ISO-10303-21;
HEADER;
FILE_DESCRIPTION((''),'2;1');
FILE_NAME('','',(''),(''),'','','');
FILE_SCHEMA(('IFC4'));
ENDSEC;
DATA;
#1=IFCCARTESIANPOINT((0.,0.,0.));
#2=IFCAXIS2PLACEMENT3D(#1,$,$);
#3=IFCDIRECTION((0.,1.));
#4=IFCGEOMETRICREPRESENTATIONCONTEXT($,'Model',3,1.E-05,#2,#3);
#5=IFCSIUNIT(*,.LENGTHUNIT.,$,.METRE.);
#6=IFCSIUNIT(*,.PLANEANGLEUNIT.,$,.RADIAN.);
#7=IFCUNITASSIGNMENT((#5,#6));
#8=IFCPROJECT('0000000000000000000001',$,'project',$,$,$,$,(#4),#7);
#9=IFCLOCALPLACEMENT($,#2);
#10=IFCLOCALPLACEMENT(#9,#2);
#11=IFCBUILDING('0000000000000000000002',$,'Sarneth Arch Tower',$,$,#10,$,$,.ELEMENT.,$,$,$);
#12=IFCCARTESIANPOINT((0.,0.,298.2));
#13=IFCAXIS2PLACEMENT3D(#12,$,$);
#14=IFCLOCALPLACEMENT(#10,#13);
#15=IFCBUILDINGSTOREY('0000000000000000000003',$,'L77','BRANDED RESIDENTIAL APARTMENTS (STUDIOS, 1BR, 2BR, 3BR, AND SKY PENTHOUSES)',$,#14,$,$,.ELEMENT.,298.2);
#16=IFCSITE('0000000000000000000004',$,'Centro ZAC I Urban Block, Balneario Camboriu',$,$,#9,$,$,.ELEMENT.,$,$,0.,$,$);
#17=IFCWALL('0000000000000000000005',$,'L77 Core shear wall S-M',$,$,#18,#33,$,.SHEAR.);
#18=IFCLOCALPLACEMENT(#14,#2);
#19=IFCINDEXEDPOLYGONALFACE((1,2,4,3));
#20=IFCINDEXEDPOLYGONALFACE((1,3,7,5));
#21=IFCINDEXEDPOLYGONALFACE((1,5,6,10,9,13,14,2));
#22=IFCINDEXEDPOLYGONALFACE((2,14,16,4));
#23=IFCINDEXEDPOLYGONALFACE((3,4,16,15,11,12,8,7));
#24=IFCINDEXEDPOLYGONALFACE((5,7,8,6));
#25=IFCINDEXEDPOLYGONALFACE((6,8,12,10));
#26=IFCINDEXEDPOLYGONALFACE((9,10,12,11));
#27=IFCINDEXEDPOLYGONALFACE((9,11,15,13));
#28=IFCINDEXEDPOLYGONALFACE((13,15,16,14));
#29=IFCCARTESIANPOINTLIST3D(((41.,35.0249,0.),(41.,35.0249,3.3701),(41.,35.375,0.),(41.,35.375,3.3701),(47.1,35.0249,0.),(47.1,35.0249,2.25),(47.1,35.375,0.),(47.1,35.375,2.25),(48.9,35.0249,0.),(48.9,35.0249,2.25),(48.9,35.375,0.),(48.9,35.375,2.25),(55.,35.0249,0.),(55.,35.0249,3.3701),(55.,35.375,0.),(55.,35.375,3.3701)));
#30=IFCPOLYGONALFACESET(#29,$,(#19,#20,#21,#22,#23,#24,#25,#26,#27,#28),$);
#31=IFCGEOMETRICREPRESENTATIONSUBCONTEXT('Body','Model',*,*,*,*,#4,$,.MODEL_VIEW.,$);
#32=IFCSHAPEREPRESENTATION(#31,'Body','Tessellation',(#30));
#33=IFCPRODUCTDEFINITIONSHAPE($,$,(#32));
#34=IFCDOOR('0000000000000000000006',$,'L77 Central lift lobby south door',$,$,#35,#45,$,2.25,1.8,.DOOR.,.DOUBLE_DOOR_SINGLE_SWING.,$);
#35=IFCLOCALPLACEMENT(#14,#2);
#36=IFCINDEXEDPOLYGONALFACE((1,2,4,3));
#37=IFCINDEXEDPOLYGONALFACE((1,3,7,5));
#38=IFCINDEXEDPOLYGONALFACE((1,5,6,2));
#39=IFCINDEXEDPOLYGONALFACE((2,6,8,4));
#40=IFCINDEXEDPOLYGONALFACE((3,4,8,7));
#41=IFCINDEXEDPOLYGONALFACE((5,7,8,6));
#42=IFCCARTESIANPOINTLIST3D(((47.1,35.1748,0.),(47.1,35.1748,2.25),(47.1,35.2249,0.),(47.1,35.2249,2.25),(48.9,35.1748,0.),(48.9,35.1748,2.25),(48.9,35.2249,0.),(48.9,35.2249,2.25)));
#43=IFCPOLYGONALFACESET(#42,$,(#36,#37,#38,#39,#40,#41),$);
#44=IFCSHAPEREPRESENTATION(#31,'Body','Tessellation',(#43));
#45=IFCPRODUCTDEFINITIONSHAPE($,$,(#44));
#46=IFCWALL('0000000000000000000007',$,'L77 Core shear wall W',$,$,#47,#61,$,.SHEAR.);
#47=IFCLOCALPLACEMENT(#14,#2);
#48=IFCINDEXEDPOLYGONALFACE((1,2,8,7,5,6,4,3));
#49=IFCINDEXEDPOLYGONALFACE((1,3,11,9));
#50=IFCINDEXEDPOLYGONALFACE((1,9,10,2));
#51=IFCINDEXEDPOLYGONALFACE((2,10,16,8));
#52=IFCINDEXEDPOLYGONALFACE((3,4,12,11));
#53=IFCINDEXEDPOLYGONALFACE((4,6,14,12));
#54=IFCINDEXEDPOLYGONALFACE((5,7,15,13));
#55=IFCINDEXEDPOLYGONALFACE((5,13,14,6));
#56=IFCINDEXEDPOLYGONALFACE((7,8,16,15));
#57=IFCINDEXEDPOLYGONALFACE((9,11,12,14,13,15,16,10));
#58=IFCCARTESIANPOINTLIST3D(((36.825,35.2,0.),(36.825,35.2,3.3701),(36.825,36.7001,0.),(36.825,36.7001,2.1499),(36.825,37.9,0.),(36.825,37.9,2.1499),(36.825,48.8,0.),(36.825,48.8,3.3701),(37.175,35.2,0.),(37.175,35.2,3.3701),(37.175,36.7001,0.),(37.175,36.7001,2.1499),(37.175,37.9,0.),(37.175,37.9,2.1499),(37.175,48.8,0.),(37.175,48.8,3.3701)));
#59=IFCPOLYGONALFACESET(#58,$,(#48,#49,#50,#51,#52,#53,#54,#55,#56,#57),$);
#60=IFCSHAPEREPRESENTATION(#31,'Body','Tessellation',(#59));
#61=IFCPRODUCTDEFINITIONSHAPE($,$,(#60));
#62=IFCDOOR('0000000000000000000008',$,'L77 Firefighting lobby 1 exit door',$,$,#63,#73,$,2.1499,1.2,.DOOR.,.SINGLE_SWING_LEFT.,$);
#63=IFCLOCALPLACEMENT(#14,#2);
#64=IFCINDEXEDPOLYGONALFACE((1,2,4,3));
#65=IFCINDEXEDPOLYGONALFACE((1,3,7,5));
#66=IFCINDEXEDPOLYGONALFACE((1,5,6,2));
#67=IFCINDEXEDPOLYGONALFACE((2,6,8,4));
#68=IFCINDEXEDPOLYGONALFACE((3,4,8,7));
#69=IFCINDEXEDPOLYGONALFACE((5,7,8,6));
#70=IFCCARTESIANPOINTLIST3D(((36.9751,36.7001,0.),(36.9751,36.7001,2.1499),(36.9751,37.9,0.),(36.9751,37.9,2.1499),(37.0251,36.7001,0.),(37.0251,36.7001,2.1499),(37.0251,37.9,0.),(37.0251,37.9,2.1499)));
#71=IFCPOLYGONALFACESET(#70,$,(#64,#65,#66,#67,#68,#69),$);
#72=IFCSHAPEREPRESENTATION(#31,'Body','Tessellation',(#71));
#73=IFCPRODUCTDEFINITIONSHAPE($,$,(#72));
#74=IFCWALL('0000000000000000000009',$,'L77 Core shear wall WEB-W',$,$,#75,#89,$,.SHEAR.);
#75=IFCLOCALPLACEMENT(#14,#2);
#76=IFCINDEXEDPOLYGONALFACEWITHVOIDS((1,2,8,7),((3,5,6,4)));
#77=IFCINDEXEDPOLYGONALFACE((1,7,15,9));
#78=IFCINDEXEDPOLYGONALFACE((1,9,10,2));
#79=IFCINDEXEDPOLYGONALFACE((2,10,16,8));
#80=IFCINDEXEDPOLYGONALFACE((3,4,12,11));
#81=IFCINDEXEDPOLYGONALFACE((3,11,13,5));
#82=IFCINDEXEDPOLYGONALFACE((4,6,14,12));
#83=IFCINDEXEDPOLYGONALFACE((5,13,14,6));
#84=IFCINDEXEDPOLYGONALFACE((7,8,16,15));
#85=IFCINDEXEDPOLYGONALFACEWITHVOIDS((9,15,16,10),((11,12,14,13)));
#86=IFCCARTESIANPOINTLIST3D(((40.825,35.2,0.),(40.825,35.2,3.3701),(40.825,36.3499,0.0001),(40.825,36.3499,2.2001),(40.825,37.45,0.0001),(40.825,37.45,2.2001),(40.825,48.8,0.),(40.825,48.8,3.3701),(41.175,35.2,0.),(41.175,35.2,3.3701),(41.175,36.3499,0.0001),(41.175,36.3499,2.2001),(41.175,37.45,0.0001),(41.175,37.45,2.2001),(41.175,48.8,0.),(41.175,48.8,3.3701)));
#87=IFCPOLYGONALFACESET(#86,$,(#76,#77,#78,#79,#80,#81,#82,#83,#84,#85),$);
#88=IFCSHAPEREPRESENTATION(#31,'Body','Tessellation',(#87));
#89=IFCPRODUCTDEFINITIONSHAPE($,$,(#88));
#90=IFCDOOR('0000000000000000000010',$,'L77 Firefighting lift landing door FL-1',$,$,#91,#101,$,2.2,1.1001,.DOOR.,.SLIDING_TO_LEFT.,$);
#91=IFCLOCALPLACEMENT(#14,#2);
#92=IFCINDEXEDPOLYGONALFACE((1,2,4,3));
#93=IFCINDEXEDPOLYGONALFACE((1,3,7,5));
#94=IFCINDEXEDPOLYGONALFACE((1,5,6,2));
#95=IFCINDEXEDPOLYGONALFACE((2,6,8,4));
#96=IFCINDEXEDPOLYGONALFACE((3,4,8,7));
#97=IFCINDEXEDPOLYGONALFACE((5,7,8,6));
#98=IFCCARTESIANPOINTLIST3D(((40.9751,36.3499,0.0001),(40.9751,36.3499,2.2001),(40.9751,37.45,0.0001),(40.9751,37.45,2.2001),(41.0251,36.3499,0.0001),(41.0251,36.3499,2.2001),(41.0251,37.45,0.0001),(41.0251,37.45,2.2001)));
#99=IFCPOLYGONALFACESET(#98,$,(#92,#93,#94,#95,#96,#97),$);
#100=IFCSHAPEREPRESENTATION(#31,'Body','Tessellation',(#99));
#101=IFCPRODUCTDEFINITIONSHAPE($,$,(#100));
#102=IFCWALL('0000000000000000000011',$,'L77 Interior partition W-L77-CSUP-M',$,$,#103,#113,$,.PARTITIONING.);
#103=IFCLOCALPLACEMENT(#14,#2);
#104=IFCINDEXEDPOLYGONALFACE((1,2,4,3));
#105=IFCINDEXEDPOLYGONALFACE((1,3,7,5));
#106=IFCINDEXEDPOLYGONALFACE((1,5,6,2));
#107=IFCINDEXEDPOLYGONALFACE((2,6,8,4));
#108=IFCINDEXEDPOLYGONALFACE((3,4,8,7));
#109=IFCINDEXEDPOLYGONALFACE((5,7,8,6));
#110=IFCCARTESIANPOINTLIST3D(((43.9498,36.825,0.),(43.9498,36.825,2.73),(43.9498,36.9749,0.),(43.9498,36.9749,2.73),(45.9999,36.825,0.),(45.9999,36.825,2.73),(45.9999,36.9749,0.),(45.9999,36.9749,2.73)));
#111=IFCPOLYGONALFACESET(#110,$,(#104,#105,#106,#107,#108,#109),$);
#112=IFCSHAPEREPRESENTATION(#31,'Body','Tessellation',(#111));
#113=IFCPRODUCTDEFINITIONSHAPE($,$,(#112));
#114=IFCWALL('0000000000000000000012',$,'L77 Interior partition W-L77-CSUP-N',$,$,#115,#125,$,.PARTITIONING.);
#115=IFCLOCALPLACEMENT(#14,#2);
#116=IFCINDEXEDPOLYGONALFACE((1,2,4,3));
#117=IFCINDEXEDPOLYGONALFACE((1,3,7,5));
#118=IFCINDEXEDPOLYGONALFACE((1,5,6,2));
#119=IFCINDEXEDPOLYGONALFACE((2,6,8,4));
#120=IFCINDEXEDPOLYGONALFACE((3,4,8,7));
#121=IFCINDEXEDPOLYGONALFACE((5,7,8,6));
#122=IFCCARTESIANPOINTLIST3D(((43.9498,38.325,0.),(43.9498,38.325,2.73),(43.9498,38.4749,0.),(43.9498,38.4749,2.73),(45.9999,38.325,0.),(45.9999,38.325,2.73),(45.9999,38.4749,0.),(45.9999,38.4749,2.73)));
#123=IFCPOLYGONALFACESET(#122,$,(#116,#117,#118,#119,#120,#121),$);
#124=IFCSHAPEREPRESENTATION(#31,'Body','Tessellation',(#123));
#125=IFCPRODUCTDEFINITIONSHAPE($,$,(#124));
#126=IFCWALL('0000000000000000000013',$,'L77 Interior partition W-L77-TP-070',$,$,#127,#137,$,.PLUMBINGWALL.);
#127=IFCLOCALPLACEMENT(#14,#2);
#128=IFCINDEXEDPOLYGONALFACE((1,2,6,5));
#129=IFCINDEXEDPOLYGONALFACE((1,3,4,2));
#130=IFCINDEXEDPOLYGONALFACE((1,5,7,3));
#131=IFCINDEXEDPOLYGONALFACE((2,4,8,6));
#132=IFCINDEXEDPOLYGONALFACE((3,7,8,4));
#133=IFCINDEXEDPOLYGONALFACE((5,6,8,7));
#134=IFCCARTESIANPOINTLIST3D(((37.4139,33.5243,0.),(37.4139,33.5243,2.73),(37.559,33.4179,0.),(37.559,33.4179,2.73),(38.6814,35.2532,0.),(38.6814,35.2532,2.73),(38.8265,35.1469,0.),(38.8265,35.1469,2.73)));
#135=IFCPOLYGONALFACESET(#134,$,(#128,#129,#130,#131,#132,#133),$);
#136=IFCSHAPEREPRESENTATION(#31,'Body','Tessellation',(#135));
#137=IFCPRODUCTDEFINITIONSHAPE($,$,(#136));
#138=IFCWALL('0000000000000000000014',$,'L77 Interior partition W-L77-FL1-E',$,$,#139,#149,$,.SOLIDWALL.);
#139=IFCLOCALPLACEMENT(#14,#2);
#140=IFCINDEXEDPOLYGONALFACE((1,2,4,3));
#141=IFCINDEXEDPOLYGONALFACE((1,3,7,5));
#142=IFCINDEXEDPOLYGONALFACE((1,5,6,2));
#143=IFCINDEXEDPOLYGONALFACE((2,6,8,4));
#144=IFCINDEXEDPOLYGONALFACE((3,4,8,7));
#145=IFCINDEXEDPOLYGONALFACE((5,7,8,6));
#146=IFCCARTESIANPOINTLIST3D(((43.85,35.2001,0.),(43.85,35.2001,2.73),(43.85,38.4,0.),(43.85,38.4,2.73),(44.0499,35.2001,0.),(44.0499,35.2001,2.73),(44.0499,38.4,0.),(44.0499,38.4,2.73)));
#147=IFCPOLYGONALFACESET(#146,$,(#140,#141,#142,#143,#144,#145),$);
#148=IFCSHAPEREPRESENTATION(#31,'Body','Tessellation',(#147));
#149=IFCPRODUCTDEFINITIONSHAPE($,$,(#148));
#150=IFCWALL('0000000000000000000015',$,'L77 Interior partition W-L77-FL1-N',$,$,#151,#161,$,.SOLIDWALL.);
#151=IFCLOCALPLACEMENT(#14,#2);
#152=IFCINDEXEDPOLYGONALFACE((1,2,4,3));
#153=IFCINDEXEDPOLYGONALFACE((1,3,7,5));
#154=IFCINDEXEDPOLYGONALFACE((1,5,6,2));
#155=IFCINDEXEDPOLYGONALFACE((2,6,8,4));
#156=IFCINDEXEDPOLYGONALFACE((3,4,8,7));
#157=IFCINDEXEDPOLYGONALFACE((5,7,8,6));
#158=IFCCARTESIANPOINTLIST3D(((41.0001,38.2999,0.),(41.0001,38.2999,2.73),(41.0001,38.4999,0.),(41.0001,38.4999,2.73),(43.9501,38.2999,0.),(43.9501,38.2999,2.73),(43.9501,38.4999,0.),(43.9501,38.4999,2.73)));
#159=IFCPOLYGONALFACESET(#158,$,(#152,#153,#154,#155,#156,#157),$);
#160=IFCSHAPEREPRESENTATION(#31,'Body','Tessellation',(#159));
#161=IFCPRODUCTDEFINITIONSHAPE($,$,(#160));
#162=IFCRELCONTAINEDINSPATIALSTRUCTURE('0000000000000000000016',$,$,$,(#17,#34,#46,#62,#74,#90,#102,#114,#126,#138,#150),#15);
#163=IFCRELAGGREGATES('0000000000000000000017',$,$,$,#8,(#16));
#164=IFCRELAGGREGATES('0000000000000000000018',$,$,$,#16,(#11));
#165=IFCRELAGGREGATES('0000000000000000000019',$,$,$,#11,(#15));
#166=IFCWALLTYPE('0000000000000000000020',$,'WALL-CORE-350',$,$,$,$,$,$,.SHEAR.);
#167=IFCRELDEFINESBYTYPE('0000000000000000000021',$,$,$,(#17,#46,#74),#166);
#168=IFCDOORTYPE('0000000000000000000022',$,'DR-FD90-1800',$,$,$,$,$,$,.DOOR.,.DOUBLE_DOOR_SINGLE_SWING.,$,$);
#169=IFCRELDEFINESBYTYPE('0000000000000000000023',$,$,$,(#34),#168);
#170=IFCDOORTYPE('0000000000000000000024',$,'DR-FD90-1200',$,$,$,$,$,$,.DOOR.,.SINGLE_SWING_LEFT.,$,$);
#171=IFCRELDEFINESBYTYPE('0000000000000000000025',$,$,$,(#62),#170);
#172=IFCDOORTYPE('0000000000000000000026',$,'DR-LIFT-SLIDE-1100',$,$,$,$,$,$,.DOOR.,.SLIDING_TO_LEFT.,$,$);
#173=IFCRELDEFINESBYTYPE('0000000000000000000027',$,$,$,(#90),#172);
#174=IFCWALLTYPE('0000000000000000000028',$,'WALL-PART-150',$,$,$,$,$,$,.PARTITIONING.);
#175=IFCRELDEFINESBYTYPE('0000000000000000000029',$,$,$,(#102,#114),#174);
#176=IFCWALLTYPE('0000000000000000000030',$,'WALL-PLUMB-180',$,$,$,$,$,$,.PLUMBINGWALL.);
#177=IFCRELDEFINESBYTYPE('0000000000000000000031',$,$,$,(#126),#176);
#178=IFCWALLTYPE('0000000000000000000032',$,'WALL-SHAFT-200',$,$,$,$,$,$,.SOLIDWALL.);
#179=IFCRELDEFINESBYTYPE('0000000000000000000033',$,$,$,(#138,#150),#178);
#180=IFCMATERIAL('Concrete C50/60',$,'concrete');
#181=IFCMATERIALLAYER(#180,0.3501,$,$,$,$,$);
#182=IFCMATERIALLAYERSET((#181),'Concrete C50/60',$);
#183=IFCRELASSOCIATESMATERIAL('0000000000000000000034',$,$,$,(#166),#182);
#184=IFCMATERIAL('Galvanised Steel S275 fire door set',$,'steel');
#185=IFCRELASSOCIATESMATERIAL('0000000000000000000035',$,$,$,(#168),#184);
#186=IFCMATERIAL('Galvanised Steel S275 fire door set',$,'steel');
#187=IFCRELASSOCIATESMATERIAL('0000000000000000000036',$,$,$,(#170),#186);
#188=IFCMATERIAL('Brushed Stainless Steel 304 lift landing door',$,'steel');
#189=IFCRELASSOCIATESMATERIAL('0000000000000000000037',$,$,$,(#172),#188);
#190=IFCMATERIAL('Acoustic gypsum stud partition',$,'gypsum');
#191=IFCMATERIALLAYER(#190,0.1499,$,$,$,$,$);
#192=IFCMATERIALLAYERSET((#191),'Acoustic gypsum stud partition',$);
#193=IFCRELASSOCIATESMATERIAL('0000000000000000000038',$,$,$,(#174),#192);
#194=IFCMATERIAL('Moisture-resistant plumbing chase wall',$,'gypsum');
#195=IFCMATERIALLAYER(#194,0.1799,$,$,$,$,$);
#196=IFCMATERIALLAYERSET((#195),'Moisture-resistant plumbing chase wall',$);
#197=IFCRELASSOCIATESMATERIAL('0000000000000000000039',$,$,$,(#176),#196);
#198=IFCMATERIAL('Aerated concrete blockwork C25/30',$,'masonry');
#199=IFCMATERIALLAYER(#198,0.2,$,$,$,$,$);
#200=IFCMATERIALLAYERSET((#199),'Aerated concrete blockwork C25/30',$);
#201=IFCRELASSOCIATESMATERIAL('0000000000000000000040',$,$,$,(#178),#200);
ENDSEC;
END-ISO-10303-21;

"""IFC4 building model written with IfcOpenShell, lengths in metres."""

from ifc_helpers import new_model, si_unit, direction, frame, frame_2d, origin, place, context, subcontext, project, spatial, rectangle, extrude, material, layer, layer_set, type_object, element, fill, save


model = new_model("IFC4")

# Units and contexts
model_context = context("Model", 3, precision=1e-05, world=origin(), true_north=direction((0.0, 1.0)))
body_context = subcontext(model_context, "Body", "Model", "MODEL_VIEW")
ifc_project = project(units=[si_unit("LENGTHUNIT", "METRE"), si_unit("PLANEANGLEUNIT", "RADIAN")], contexts=[model_context])

# Site, building, storey
site_placement = place(None, origin())
site = spatial("IfcSite", under=ifc_project, at=site_placement, Name="Centro ZAC I Urban Block, Balneario Camboriu", CompositionType="ELEMENT", RefElevation=0.0)
building_placement = place(site_placement, origin())
building = spatial("IfcBuilding", under=site, at=building_placement, Name="Sarneth Arch Tower", CompositionType="ELEMENT")
storey_placement = place(building_placement, frame((0.0, 0.0, 298.2)))
storey = spatial("IfcBuildingStorey", under=building, at=storey_placement, Name="L77", Description="BRANDED RESIDENTIAL APARTMENTS (STUDIOS, 1BR, 2BR, 3BR, AND SKY PENTHOUSES)", CompositionType="ELEMENT", Elevation=298.2)

# Shared definitions
ifc_material_1 = material(Name="Concrete C50/60", Category="concrete")
ifc_layer_1 = layer(ifc_material_1, 0.3501)
ifc_layer_set_1 = layer_set([ifc_layer_1], Name="Concrete C50/60")
wall_type_1 = type_object("IfcWallType", Name="WALL-CORE-350", PredefinedType="SHEAR", material=ifc_layer_set_1)

# Walls, openings, doors
wall_1_placement = place(storey_placement, frame((41.0, 35.2, 0.0), z_axis=(0.0, 0.0, 1.0), x_axis=(1.0, 0.0, 0.0)))
wall_1 = element("IfcWall", 1, at=wall_1_placement, inside=storey, type_object=wall_type_1, Name="L77 Core shear wall S-M", PredefinedType="SHEAR", context=body_context, shape_type="SweptSolid", body=[
    extrude(rectangle(XDim=14.0, YDim=0.3501, at=frame_2d((7.0, 0.0))), origin(), (0.0, 0.0, 1.0), 3.3701),
])
opening_1_placement = place(wall_1_placement, frame((6.1001, 0.0, 0.0)))
opening_1 = element("IfcOpeningElement", 2, at=opening_1_placement, cuts=wall_1, PredefinedType="OPENING", context=body_context, shape_type="SweptSolid", body=[
    extrude(rectangle(XDim=1.8, YDim=2.25, at=frame_2d((0.8999, 1.125))), frame((0.0, 0.1851, 0.0), z_axis=(0.0, -1.0, 0.0), x_axis=(1.0, 0.0, 0.0)), (0.0, 0.0, 1.0), 0.3701),
])
ifc_material_2 = material(Name="Galvanised Steel S275 fire door set", Category="steel")
door_type_1 = type_object("IfcDoorType", Name="DR-FD90-1800", OperationType="DOUBLE_DOOR_SINGLE_SWING", PredefinedType="DOOR", material=ifc_material_2)
door_1_placement = place(opening_1_placement, origin())
door_1 = element("IfcDoor", 3, at=door_1_placement, inside=storey, type_object=door_type_1, Name="L77 Central lift lobby south door", OperationType="DOUBLE_DOOR_SINGLE_SWING", OverallHeight=2.25, OverallWidth=1.8, PredefinedType="DOOR", context=body_context, shape_type="SweptSolid", body=[
    extrude(rectangle(XDim=1.8, YDim=2.25, at=frame_2d((0.8999, 1.125))), frame((0.0, 0.0249, 0.0), z_axis=(0.0, -1.0, 0.0), x_axis=(1.0, 0.0, 0.0)), (0.0, 0.0, 1.0), 0.05),
])
fill(opening_1, door_1)
wall_2_placement = place(storey_placement, frame((37.0, 35.2, 0.0), z_axis=(0.0, 0.0, 1.0), x_axis=(0.0, 1.0, 0.0)))
wall_2 = element("IfcWall", 4, at=wall_2_placement, inside=storey, type_object=wall_type_1, Name="L77 Core shear wall W", PredefinedType="SHEAR", context=body_context, shape_type="SweptSolid", body=[
    extrude(rectangle(XDim=13.6001, YDim=0.3501, at=frame_2d((6.8, 0.0))), origin(), (0.0, 0.0, 1.0), 3.3701),
])
opening_2_placement = place(wall_2_placement, frame((1.5, 0.0, 0.0)))
opening_2 = element("IfcOpeningElement", 5, at=opening_2_placement, cuts=wall_2, PredefinedType="OPENING", context=body_context, shape_type="SweptSolid", body=[
    extrude(rectangle(XDim=1.2, YDim=2.1499, at=frame_2d((0.6001, 1.075))), frame((0.0, 0.1851, 0.0), z_axis=(0.0, -1.0, 0.0), x_axis=(1.0, 0.0, 0.0)), (0.0, 0.0, 1.0), 0.3701),
])
ifc_material_3 = material(Name="Galvanised Steel S275 fire door set", Category="steel")
door_type_2 = type_object("IfcDoorType", Name="DR-FD90-1200", OperationType="SINGLE_SWING_LEFT", PredefinedType="DOOR", material=ifc_material_3)
door_2_placement = place(opening_2_placement, origin())
door_2 = element("IfcDoor", 6, at=door_2_placement, inside=storey, type_object=door_type_2, Name="L77 Firefighting lobby 1 exit door", OperationType="SINGLE_SWING_LEFT", OverallHeight=2.1499, OverallWidth=1.2, PredefinedType="DOOR", context=body_context, shape_type="SweptSolid", body=[
    extrude(rectangle(XDim=1.2, YDim=2.1499, at=frame_2d((0.6001, 1.075))), frame((0.0, 0.0249, 0.0), z_axis=(0.0, -1.0, 0.0), x_axis=(1.0, 0.0, 0.0)), (0.0, 0.0, 1.0), 0.05),
])
fill(opening_2, door_2)
wall_3_placement = place(storey_placement, frame((41.0, 35.2, 0.0), z_axis=(0.0, 0.0, 1.0), x_axis=(0.0, 1.0, 0.0)))
wall_3 = element("IfcWall", 7, at=wall_3_placement, inside=storey, type_object=wall_type_1, Name="L77 Core shear wall WEB-W", PredefinedType="SHEAR", context=body_context, shape_type="SweptSolid", body=[
    extrude(rectangle(XDim=13.6001, YDim=0.3501, at=frame_2d((6.8, 0.0))), origin(), (0.0, 0.0, 1.0), 3.3701),
])
opening_3_placement = place(wall_3_placement, frame((1.1499, 0.0, 0.0)))
opening_3 = element("IfcOpeningElement", 8, at=opening_3_placement, cuts=wall_3, PredefinedType="OPENING", context=body_context, shape_type="SweptSolid", body=[
    extrude(rectangle(XDim=1.1001, YDim=2.2, at=frame_2d((0.55, 1.1001))), frame((0.0, 0.1851, 0.0), z_axis=(0.0, -1.0, 0.0), x_axis=(1.0, 0.0, 0.0)), (0.0, 0.0, 1.0), 0.3701),
])
ifc_material_4 = material(Name="Brushed Stainless Steel 304 lift landing door", Category="steel")
door_type_3 = type_object("IfcDoorType", Name="DR-LIFT-SLIDE-1100", OperationType="SLIDING_TO_LEFT", PredefinedType="DOOR", material=ifc_material_4)
door_3_placement = place(opening_3_placement, origin())
door_3 = element("IfcDoor", 9, at=door_3_placement, inside=storey, type_object=door_type_3, Name="L77 Firefighting lift landing door FL-1", OperationType="SLIDING_TO_LEFT", OverallHeight=2.2, OverallWidth=1.1001, PredefinedType="DOOR", context=body_context, shape_type="SweptSolid", body=[
    extrude(rectangle(XDim=1.1001, YDim=2.2, at=frame_2d((0.55, 1.1001))), frame((0.0, 0.0249, 0.0), z_axis=(0.0, -1.0, 0.0), x_axis=(1.0, 0.0, 0.0)), (0.0, 0.0, 1.0), 0.05),
])
fill(opening_3, door_3)
ifc_material_5 = material(Name="Acoustic gypsum stud partition", Category="gypsum")
ifc_layer_2 = layer(ifc_material_5, 0.1499)
ifc_layer_set_2 = layer_set([ifc_layer_2], Name="Acoustic gypsum stud partition")
wall_type_2 = type_object("IfcWallType", Name="WALL-PART-150", PredefinedType="PARTITIONING", material=ifc_layer_set_2)

# Walls
for number, where, z_axis, x_axis, name in (
    (10, (43.95, 36.8999, 0.0), (0.0, 0.0, 1.0), (1.0, 0.0, 0.0), "L77 Interior partition W-L77-CSUP-M"),
    (11, (43.95, 38.3999, 0.0), (0.0, 0.0, 1.0), (1.0, 0.0, 0.0), "L77 Interior partition W-L77-CSUP-N"),
):
    element("IfcWall", number, at=place(storey_placement, frame(where, z_axis=z_axis, x_axis=x_axis)), inside=storey, type_object=wall_type_2, Name=name, PredefinedType="PARTITIONING", context=body_context, shape_type="SweptSolid", body=[
        extrude(rectangle(XDim=2.05, YDim=0.1499, at=frame_2d((1.0249, 0.0))), origin(), (0.0, 0.0, 1.0), 2.73),
    ])

# Wall
ifc_material_6 = material(Name="Moisture-resistant plumbing chase wall", Category="gypsum")
ifc_layer_3 = layer(ifc_material_6, 0.1799)
ifc_layer_set_3 = layer_set([ifc_layer_3], Name="Moisture-resistant plumbing chase wall")
wall_type_3 = type_object("IfcWallType", Name="WALL-PLUMB-180", PredefinedType="PLUMBINGWALL", material=ifc_layer_set_3)
wall_4_placement = place(storey_placement, frame((38.7539, 35.2, 0.0), z_axis=(0.0, 0.0, 1.0), x_axis=(-0.591255, -0.806485, 0.0)))
element("IfcWall", 12, at=wall_4_placement, inside=storey, type_object=wall_type_3, Name="L77 Interior partition W-L77-TP-070", PredefinedType="PLUMBINGWALL", context=body_context, shape_type="SweptSolid", body=[
    extrude(rectangle(XDim=2.1438, YDim=0.1799, at=frame_2d((1.0718, 0.0))), origin(), (0.0, 0.0, 1.0), 2.73),
])

# Shared definitions
ifc_material_7 = material(Name="Aerated concrete blockwork C25/30", Category="masonry")
ifc_layer_4 = layer(ifc_material_7, 0.2)
ifc_layer_set_4 = layer_set([ifc_layer_4], Name="Aerated concrete blockwork C25/30")
wall_type_4 = type_object("IfcWallType", Name="WALL-SHAFT-200", PredefinedType="SOLIDWALL", material=ifc_layer_set_4)

# Walls
wall_5_placement = place(storey_placement, frame((43.95, 35.2, 0.0), z_axis=(0.0, 0.0, 1.0), x_axis=(0.0, 1.0, 0.0)))
element("IfcWall", 13, at=wall_5_placement, inside=storey, type_object=wall_type_4, Name="L77 Interior partition W-L77-FL1-E", PredefinedType="SOLIDWALL", context=body_context, shape_type="SweptSolid", body=[
    extrude(rectangle(XDim=3.2, YDim=0.2, at=frame_2d((1.6001, 0.0))), origin(), (0.0, 0.0, 1.0), 2.73),
])
wall_6_placement = place(storey_placement, frame((41.0, 38.3999, 0.0), z_axis=(0.0, 0.0, 1.0), x_axis=(1.0, 0.0, 0.0)))
element("IfcWall", 14, at=wall_6_placement, inside=storey, type_object=wall_type_4, Name="L77 Interior partition W-L77-FL1-N", PredefinedType="SOLIDWALL", context=body_context, shape_type="SweptSolid", body=[
    extrude(rectangle(XDim=2.95, YDim=0.2, at=frame_2d((1.4751, 0.0))), origin(), (0.0, 0.0, 1.0), 2.73),
])

save(model, "model.ifc")
